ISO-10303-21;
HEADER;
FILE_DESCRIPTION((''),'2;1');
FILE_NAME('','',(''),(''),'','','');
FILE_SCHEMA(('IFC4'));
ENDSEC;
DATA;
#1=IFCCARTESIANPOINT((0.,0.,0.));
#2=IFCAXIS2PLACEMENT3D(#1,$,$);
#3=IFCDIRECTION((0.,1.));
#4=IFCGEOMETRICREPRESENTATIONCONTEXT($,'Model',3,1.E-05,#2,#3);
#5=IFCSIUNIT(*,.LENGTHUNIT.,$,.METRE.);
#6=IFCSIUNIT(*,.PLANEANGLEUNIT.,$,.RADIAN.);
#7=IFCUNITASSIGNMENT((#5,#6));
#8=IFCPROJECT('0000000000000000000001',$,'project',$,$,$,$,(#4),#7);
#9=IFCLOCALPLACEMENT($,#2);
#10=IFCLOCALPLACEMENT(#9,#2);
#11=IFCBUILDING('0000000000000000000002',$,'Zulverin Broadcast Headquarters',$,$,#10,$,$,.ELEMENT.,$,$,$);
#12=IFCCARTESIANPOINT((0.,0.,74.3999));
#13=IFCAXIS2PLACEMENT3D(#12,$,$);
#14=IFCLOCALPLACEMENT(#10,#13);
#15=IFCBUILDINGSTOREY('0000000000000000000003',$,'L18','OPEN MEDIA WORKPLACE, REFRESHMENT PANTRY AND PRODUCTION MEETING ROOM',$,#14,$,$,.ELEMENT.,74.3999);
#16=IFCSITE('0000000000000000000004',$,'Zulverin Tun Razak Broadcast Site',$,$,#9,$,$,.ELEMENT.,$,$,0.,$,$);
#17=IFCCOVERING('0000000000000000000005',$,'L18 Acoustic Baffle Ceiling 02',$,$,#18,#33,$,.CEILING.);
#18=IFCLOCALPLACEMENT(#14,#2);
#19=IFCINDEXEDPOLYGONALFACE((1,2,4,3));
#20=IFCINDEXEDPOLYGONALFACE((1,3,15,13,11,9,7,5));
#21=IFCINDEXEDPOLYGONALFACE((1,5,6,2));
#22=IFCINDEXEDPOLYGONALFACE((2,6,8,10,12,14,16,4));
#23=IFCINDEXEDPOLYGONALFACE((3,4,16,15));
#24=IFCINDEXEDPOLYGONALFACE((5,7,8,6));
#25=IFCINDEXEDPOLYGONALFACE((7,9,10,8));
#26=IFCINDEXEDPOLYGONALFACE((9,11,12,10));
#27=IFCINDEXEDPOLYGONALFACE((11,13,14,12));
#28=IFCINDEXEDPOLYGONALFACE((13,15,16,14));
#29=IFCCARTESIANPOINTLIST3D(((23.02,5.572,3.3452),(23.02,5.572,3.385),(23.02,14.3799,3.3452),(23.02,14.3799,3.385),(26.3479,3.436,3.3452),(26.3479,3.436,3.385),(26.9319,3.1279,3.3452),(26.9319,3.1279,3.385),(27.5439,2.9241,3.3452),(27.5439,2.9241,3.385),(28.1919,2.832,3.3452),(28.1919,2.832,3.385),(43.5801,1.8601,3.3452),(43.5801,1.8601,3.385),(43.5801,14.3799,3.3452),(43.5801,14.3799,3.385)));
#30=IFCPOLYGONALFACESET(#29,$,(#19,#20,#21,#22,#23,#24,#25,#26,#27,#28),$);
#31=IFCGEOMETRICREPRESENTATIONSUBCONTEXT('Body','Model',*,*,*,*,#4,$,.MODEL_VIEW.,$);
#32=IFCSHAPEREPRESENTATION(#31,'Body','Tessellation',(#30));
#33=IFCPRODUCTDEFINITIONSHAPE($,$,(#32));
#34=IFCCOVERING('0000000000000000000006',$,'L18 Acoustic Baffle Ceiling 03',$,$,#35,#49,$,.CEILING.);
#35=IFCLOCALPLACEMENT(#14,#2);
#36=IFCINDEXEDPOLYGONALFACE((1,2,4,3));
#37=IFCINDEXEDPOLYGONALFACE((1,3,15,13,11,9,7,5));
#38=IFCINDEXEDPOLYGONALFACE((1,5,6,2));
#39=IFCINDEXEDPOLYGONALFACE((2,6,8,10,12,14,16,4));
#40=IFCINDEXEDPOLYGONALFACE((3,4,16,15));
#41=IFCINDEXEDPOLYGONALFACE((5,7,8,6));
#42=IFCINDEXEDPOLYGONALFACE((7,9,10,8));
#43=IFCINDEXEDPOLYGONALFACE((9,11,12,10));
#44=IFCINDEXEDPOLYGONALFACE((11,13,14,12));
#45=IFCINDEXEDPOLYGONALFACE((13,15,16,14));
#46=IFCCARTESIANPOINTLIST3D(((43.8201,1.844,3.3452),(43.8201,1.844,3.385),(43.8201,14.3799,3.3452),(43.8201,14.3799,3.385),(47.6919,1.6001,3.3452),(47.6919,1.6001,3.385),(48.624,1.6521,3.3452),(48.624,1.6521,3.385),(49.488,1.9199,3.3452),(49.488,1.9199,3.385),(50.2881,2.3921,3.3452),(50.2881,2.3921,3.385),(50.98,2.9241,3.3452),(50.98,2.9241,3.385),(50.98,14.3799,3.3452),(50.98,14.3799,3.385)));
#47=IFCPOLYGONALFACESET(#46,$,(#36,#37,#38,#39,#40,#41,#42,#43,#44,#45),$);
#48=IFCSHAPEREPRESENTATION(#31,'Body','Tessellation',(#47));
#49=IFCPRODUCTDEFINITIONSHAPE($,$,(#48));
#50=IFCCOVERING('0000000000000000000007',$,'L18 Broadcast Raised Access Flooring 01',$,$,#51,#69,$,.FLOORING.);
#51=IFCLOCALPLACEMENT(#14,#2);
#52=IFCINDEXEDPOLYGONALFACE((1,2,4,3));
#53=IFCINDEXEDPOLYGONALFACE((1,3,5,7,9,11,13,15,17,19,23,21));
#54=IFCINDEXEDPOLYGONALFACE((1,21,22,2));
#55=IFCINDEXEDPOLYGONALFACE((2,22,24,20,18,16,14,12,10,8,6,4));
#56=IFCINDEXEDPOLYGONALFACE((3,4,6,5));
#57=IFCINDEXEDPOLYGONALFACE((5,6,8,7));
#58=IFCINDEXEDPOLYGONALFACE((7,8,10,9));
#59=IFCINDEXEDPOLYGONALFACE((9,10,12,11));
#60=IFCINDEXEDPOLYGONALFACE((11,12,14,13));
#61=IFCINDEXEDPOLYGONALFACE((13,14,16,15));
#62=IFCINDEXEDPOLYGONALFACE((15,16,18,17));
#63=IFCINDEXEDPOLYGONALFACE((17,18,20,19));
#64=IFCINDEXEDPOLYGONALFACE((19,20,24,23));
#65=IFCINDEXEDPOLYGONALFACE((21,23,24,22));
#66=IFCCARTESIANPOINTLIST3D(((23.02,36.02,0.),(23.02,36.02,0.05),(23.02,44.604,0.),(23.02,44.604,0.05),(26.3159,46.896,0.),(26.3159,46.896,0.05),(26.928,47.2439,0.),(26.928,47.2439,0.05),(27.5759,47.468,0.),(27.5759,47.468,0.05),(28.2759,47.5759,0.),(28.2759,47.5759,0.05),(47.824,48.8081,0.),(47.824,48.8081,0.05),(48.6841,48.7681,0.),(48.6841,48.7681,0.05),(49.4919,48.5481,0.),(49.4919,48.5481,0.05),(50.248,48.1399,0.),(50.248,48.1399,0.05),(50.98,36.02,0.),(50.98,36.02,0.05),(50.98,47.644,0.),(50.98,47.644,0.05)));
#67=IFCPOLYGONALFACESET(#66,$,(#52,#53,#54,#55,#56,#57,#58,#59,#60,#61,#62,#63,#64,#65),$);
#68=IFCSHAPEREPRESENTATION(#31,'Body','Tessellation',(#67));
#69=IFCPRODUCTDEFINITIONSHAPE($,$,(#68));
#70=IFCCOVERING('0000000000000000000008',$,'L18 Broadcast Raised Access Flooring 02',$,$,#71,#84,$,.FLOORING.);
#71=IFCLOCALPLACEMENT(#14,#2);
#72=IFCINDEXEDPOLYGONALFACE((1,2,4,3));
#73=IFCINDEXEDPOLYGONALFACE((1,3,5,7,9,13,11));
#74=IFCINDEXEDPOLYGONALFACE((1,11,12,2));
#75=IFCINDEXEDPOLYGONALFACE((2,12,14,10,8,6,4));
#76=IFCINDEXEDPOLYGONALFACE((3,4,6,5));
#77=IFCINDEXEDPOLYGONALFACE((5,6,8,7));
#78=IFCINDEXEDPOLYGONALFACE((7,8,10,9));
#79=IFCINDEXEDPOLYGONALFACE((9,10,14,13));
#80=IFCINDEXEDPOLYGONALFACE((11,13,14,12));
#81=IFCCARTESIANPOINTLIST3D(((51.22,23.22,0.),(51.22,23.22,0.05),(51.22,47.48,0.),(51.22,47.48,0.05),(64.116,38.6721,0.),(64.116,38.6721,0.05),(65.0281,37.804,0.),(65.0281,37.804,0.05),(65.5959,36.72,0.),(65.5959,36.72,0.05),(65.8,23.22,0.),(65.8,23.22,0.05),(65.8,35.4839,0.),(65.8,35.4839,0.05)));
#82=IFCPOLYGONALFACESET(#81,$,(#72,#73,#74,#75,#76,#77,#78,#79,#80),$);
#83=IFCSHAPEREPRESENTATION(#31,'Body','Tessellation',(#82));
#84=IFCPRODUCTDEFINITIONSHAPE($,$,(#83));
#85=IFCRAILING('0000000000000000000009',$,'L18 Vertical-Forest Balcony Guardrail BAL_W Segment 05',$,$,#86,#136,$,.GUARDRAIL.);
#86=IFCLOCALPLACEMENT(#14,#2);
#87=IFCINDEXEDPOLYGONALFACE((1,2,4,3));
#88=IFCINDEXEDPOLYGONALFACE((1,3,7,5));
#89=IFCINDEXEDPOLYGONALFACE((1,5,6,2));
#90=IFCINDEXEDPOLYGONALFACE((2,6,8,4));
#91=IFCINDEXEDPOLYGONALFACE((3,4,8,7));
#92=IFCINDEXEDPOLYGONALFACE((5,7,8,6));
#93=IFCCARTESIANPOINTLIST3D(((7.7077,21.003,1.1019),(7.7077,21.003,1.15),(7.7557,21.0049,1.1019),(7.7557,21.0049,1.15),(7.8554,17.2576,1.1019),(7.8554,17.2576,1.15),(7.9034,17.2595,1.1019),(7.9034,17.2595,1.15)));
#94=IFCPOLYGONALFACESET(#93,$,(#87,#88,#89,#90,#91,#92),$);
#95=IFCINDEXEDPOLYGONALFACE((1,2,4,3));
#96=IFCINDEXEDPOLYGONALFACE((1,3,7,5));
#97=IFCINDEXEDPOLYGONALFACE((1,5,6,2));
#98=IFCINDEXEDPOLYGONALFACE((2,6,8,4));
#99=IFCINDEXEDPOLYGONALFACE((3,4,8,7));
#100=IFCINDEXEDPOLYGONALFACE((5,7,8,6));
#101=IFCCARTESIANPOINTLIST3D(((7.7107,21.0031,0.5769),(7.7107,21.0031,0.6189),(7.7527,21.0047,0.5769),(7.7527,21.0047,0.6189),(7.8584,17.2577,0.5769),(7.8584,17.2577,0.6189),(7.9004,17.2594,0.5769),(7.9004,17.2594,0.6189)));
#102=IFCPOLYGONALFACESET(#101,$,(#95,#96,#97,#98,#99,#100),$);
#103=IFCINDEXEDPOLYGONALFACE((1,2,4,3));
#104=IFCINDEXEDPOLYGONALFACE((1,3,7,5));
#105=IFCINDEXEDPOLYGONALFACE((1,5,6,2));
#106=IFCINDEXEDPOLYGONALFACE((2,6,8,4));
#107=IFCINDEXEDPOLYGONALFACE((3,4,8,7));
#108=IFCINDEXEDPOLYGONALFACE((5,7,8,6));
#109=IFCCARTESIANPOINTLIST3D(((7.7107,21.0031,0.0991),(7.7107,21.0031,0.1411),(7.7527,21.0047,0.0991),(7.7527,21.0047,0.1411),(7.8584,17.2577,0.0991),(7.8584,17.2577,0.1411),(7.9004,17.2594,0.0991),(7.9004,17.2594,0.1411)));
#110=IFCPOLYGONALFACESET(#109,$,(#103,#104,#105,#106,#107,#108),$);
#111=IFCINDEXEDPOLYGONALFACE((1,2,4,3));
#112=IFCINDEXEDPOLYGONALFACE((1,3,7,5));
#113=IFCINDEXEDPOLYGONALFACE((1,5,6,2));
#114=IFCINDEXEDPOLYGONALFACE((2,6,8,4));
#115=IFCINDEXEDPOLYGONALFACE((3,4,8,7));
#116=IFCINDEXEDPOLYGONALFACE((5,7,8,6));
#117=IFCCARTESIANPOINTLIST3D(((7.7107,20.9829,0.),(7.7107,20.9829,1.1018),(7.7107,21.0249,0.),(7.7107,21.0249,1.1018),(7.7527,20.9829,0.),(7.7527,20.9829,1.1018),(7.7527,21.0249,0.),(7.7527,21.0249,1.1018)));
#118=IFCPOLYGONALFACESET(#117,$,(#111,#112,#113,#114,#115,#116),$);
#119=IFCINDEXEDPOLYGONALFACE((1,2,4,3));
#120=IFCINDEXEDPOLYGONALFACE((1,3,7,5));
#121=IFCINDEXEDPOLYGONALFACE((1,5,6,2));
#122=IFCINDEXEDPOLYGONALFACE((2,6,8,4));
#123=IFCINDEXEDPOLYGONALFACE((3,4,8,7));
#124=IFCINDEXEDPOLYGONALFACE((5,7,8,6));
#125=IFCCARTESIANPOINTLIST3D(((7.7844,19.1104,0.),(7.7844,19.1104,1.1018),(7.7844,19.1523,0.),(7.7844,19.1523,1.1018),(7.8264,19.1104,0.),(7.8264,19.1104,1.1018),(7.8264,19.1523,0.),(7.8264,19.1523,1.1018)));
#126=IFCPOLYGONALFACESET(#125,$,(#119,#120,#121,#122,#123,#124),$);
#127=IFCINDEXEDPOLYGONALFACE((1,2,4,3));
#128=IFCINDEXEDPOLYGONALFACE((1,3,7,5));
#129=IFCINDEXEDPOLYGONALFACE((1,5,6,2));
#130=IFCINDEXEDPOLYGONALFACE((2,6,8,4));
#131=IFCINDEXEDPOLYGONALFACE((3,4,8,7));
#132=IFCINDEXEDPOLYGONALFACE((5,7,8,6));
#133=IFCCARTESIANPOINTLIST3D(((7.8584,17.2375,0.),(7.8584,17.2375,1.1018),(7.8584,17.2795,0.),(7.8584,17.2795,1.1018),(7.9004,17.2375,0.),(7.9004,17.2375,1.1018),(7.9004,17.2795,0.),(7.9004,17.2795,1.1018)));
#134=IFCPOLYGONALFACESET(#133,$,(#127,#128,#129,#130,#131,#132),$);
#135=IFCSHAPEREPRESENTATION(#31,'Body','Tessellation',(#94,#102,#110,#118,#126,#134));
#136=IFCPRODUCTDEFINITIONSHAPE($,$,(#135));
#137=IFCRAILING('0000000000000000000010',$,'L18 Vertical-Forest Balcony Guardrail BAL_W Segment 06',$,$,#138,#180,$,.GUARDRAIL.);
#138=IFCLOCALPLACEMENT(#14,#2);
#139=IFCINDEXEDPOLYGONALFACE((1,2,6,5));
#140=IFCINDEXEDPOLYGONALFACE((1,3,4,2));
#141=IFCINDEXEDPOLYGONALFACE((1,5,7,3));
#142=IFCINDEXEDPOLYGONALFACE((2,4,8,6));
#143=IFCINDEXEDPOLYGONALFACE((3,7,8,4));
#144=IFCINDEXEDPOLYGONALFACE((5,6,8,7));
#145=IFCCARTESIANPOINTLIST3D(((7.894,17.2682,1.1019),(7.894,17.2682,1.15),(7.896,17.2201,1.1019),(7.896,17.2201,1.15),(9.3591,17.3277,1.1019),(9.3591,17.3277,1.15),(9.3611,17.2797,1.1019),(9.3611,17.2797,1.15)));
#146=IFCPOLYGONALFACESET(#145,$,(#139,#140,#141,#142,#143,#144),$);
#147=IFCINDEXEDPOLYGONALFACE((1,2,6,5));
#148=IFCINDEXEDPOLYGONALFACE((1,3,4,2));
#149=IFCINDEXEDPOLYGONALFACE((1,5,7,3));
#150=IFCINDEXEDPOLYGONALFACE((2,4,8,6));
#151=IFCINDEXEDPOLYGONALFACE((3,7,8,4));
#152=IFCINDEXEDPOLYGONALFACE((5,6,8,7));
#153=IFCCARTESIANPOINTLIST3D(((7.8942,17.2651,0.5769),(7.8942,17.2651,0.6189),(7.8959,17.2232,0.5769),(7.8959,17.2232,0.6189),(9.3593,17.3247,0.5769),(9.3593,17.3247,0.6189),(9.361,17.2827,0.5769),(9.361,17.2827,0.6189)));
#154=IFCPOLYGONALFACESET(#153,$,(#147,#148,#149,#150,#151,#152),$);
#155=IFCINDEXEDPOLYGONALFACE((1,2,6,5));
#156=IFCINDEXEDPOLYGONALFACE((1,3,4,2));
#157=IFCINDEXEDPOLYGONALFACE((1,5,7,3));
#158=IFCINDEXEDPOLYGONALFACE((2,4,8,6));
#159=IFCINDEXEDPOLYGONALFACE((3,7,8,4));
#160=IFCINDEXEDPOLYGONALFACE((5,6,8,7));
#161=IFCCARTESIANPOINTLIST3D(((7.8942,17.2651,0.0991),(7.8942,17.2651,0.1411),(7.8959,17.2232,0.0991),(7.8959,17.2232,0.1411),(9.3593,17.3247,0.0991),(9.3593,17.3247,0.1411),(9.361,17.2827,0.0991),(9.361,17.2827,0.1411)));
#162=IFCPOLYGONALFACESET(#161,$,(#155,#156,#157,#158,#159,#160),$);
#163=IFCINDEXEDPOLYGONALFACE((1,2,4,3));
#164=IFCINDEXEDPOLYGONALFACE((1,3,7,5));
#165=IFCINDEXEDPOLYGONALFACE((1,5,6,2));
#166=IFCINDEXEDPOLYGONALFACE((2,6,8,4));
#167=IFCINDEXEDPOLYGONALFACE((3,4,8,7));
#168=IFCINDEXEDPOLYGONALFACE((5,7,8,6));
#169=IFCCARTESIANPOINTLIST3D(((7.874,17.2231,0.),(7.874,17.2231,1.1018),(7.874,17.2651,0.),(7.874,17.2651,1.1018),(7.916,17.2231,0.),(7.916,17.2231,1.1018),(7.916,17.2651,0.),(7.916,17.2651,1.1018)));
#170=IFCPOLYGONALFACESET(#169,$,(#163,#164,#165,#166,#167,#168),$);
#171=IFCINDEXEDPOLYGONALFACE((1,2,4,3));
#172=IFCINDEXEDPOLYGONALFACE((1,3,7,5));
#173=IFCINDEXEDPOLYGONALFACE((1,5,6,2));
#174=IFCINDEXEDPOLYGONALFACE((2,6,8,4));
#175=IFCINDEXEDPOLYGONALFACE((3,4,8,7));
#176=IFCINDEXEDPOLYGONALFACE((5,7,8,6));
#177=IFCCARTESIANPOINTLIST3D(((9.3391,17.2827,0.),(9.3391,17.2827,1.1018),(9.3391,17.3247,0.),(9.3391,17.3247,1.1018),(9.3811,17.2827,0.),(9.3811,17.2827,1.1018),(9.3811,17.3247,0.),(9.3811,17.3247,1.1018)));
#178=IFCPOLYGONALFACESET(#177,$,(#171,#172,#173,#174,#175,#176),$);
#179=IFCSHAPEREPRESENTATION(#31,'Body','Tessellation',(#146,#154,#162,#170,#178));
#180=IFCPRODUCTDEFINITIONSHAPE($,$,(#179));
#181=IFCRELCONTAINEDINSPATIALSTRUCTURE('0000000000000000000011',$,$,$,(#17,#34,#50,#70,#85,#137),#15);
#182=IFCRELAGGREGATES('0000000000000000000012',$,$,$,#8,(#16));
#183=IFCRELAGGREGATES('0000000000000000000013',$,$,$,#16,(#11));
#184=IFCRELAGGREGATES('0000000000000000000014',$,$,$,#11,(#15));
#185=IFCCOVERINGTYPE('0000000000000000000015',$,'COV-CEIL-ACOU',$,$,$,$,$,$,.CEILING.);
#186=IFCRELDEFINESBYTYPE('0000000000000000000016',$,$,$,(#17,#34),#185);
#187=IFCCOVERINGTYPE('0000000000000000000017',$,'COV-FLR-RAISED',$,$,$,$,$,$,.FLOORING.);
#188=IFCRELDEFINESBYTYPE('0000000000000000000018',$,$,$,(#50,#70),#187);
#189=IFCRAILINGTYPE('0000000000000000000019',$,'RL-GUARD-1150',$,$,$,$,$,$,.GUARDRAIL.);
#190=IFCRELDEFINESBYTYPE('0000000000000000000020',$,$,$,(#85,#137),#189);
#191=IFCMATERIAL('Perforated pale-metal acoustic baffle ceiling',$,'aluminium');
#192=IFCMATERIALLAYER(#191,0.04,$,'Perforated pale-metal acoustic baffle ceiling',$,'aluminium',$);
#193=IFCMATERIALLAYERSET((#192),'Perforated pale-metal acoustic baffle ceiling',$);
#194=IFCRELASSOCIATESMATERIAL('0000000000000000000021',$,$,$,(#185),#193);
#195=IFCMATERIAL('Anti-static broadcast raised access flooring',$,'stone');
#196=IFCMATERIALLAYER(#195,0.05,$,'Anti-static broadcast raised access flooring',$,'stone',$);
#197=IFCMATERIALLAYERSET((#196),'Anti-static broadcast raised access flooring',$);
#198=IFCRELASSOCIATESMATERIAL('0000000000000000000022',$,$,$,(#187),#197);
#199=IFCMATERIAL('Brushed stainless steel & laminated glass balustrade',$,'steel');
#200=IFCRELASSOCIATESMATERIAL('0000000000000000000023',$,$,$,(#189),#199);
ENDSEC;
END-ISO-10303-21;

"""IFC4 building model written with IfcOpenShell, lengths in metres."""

from ifc_helpers import new_model, si_unit, direction, frame, origin, origin_2d, place, context, subcontext, project, spatial, polyline, rectangle, outline, extrude, material, layer, layer_set, type_object, element, save


model = new_model("IFC4")

# Units and contexts
model_context = context("Model", 3, precision=1e-05, world=origin(), true_north=direction((0.0, 1.0)))
body_context = subcontext(model_context, "Body", "Model", "MODEL_VIEW")
ifc_project = project(units=[si_unit("LENGTHUNIT", "METRE"), si_unit("PLANEANGLEUNIT", "RADIAN")], contexts=[model_context])

# Site, building, storey
site_placement = place(None, origin())
site = spatial("IfcSite", under=ifc_project, at=site_placement, Name="Zulverin Tun Razak Broadcast Site", CompositionType="ELEMENT", RefElevation=0.0)
building_placement = place(site_placement, origin())
building = spatial("IfcBuilding", under=site, at=building_placement, Name="Zulverin Broadcast Headquarters", CompositionType="ELEMENT")
storey_placement = place(building_placement, frame((0.0, 0.0, 74.3999)))
storey = spatial("IfcBuildingStorey", under=building, at=storey_placement, Name="L18", Description="OPEN MEDIA WORKPLACE, REFRESHMENT PANTRY AND PRODUCTION MEETING ROOM", CompositionType="ELEMENT", Elevation=74.3999)

# Coverings
ifc_material_1 = material(Name="Perforated pale-metal acoustic baffle ceiling", Category="aluminium")
ifc_layer_1 = layer(ifc_material_1, 0.04, Name="Perforated pale-metal acoustic baffle ceiling", Category="aluminium")
ifc_layer_set_1 = layer_set([ifc_layer_1], Name="Perforated pale-metal acoustic baffle ceiling")
covering_type_1 = type_object("IfcCoveringType", Name="COV-CEIL-ACOU", PredefinedType="CEILING", material=ifc_layer_set_1)
covering_1_placement = place(storey_placement, frame((0.0, 0.0, 3.3452)))
element("IfcCovering", 1, at=covering_1_placement, inside=storey, type_object=covering_type_1, Name="L18 Acoustic Baffle Ceiling 02", PredefinedType="CEILING", context=body_context, shape_type="SweptSolid", body=[
    extrude(outline(polyline([(23.02, 14.3799), (23.02, 5.572), (26.3479, 3.436), (26.9319, 3.1279), (27.5439, 2.9241), (28.1919, 2.832), (43.5801, 1.8601), (43.5801, 14.3799), (23.02, 14.3799)])), origin(), (0.0, 0.0, 1.0), 0.0398),
])
covering_2_placement = place(storey_placement, frame((0.0, 0.0, 3.3452)))
element("IfcCovering", 2, at=covering_2_placement, inside=storey, type_object=covering_type_1, Name="L18 Acoustic Baffle Ceiling 03", PredefinedType="CEILING", context=body_context, shape_type="SweptSolid", body=[
    extrude(outline(polyline([(43.8201, 14.3799), (43.8201, 1.844), (47.6919, 1.6001), (48.624, 1.6521), (49.488, 1.9199), (50.2881, 2.3921), (50.98, 2.9241), (50.98, 14.3799), (43.8201, 14.3799)])), origin(), (0.0, 0.0, 1.0), 0.0398),
])
ifc_material_2 = material(Name="Anti-static broadcast raised access flooring", Category="stone")
ifc_layer_2 = layer(ifc_material_2, 0.05, Name="Anti-static broadcast raised access flooring", Category="stone")
ifc_layer_set_2 = layer_set([ifc_layer_2], Name="Anti-static broadcast raised access flooring")
covering_type_2 = type_object("IfcCoveringType", Name="COV-FLR-RAISED", PredefinedType="FLOORING", material=ifc_layer_set_2)
covering_3_placement = place(storey_placement, origin())
element("IfcCovering", 3, at=covering_3_placement, inside=storey, type_object=covering_type_2, Name="L18 Broadcast Raised Access Flooring 01", PredefinedType="FLOORING", context=body_context, shape_type="SweptSolid", body=[
    extrude(outline(polyline([(48.6841, 48.7681), (47.824, 48.8081), (28.2759, 47.5759), (27.5759, 47.468), (26.928, 47.2439), (26.3159, 46.896), (23.02, 44.604), (23.02, 36.02), (50.98, 36.02), (50.98, 47.644), (50.248, 48.1399), (49.4919, 48.5481), (48.6841, 48.7681)])), origin(), (0.0, 0.0, 1.0), 0.05),
])
covering_4_placement = place(storey_placement, origin())
element("IfcCovering", 4, at=covering_4_placement, inside=storey, type_object=covering_type_2, Name="L18 Broadcast Raised Access Flooring 02", PredefinedType="FLOORING", context=body_context, shape_type="SweptSolid", body=[
    extrude(outline(polyline([(65.8, 23.22), (65.8, 35.4839), (65.5959, 36.72), (65.0281, 37.804), (64.116, 38.6721), (51.22, 47.48), (51.22, 23.22), (65.8, 23.22)])), origin(), (0.0, 0.0, 1.0), 0.05),
])

# Railings
ifc_material_3 = material(Name="Brushed stainless steel & laminated glass balustrade", Category="steel")
railing_type = type_object("IfcRailingType", Name="RL-GUARD-1150", PredefinedType="GUARDRAIL", material=ifc_material_3)
railing_1_placement = place(storey_placement, frame((7.7317, 21.0039, 0.0)))
element("IfcRailing", 5, at=railing_1_placement, inside=storey, type_object=railing_type, Name="L18 Vertical-Forest Balcony Guardrail BAL_W Segment 05", PredefinedType="GUARDRAIL", context=body_context, shape_type="SweptSolid", body=[
    extrude(rectangle(XDim=0.0481, YDim=0.0481, at=origin_2d()), frame((0.0, 0.0, 1.126), z_axis=(0.039406, -0.999223, 0.0), x_axis=(0.999223, 0.039406, 0.0)), (0.0, 0.0, 1.0), 3.7483),
    extrude(rectangle(XDim=0.042, YDim=0.042, at=origin_2d()), frame((0.0, 0.0, 0.5979), z_axis=(0.039406, -0.999223, 0.0), x_axis=(0.999223, 0.039406, 0.0)), (0.0, 0.0, 1.0), 3.7483),
    extrude(rectangle(XDim=0.042, YDim=0.042, at=origin_2d()), frame((0.0, 0.0, 0.1201), z_axis=(0.039406, -0.999223, 0.0), x_axis=(0.999223, 0.039406, 0.0)), (0.0, 0.0, 1.0), 3.7483),
    extrude(rectangle(XDim=0.042, YDim=0.042, at=origin_2d()), origin(), (0.0, 0.0, 1.0), 1.1018),
    extrude(rectangle(XDim=0.042, YDim=0.042, at=origin_2d()), frame((0.0737, -1.8726, 0.0)), (0.0, 0.0, 1.0), 1.1018),
    extrude(rectangle(XDim=0.042, YDim=0.042, at=origin_2d()), frame((0.1477, -3.7454, 0.0)), (0.0, 0.0, 1.0), 1.1018),
])
railing_2_placement = place(storey_placement, frame((7.895, 17.2441, 0.0)))
element("IfcRailing", 6, at=railing_2_placement, inside=storey, type_object=railing_type, Name="L18 Vertical-Forest Balcony Guardrail BAL_W Segment 06", PredefinedType="GUARDRAIL", context=body_context, shape_type="SweptSolid", body=[
    extrude(rectangle(XDim=0.0481, YDim=0.0481, at=origin_2d()), frame((0.0, 0.0, 1.126), z_axis=(0.999174, 0.040626, 0.0), x_axis=(-0.040626, 0.999174, 0.0)), (0.0, 0.0, 1.0), 1.4663),
    extrude(rectangle(XDim=0.042, YDim=0.042, at=origin_2d()), frame((0.0, 0.0, 0.5979), z_axis=(0.999174, 0.040626, 0.0), x_axis=(-0.040626, 0.999174, 0.0)), (0.0, 0.0, 1.0), 1.4663),
    extrude(rectangle(XDim=0.042, YDim=0.042, at=origin_2d()), frame((0.0, 0.0, 0.1201), z_axis=(0.999174, 0.040626, 0.0), x_axis=(-0.040626, 0.999174, 0.0)), (0.0, 0.0, 1.0), 1.4663),
    extrude(rectangle(XDim=0.042, YDim=0.042, at=origin_2d()), origin(), (0.0, 0.0, 1.0), 1.1018),
    extrude(rectangle(XDim=0.042, YDim=0.042, at=origin_2d()), frame((1.4651, 0.0596, 0.0)), (0.0, 0.0, 1.0), 1.1018),
])

save(model, "model.ifc")
